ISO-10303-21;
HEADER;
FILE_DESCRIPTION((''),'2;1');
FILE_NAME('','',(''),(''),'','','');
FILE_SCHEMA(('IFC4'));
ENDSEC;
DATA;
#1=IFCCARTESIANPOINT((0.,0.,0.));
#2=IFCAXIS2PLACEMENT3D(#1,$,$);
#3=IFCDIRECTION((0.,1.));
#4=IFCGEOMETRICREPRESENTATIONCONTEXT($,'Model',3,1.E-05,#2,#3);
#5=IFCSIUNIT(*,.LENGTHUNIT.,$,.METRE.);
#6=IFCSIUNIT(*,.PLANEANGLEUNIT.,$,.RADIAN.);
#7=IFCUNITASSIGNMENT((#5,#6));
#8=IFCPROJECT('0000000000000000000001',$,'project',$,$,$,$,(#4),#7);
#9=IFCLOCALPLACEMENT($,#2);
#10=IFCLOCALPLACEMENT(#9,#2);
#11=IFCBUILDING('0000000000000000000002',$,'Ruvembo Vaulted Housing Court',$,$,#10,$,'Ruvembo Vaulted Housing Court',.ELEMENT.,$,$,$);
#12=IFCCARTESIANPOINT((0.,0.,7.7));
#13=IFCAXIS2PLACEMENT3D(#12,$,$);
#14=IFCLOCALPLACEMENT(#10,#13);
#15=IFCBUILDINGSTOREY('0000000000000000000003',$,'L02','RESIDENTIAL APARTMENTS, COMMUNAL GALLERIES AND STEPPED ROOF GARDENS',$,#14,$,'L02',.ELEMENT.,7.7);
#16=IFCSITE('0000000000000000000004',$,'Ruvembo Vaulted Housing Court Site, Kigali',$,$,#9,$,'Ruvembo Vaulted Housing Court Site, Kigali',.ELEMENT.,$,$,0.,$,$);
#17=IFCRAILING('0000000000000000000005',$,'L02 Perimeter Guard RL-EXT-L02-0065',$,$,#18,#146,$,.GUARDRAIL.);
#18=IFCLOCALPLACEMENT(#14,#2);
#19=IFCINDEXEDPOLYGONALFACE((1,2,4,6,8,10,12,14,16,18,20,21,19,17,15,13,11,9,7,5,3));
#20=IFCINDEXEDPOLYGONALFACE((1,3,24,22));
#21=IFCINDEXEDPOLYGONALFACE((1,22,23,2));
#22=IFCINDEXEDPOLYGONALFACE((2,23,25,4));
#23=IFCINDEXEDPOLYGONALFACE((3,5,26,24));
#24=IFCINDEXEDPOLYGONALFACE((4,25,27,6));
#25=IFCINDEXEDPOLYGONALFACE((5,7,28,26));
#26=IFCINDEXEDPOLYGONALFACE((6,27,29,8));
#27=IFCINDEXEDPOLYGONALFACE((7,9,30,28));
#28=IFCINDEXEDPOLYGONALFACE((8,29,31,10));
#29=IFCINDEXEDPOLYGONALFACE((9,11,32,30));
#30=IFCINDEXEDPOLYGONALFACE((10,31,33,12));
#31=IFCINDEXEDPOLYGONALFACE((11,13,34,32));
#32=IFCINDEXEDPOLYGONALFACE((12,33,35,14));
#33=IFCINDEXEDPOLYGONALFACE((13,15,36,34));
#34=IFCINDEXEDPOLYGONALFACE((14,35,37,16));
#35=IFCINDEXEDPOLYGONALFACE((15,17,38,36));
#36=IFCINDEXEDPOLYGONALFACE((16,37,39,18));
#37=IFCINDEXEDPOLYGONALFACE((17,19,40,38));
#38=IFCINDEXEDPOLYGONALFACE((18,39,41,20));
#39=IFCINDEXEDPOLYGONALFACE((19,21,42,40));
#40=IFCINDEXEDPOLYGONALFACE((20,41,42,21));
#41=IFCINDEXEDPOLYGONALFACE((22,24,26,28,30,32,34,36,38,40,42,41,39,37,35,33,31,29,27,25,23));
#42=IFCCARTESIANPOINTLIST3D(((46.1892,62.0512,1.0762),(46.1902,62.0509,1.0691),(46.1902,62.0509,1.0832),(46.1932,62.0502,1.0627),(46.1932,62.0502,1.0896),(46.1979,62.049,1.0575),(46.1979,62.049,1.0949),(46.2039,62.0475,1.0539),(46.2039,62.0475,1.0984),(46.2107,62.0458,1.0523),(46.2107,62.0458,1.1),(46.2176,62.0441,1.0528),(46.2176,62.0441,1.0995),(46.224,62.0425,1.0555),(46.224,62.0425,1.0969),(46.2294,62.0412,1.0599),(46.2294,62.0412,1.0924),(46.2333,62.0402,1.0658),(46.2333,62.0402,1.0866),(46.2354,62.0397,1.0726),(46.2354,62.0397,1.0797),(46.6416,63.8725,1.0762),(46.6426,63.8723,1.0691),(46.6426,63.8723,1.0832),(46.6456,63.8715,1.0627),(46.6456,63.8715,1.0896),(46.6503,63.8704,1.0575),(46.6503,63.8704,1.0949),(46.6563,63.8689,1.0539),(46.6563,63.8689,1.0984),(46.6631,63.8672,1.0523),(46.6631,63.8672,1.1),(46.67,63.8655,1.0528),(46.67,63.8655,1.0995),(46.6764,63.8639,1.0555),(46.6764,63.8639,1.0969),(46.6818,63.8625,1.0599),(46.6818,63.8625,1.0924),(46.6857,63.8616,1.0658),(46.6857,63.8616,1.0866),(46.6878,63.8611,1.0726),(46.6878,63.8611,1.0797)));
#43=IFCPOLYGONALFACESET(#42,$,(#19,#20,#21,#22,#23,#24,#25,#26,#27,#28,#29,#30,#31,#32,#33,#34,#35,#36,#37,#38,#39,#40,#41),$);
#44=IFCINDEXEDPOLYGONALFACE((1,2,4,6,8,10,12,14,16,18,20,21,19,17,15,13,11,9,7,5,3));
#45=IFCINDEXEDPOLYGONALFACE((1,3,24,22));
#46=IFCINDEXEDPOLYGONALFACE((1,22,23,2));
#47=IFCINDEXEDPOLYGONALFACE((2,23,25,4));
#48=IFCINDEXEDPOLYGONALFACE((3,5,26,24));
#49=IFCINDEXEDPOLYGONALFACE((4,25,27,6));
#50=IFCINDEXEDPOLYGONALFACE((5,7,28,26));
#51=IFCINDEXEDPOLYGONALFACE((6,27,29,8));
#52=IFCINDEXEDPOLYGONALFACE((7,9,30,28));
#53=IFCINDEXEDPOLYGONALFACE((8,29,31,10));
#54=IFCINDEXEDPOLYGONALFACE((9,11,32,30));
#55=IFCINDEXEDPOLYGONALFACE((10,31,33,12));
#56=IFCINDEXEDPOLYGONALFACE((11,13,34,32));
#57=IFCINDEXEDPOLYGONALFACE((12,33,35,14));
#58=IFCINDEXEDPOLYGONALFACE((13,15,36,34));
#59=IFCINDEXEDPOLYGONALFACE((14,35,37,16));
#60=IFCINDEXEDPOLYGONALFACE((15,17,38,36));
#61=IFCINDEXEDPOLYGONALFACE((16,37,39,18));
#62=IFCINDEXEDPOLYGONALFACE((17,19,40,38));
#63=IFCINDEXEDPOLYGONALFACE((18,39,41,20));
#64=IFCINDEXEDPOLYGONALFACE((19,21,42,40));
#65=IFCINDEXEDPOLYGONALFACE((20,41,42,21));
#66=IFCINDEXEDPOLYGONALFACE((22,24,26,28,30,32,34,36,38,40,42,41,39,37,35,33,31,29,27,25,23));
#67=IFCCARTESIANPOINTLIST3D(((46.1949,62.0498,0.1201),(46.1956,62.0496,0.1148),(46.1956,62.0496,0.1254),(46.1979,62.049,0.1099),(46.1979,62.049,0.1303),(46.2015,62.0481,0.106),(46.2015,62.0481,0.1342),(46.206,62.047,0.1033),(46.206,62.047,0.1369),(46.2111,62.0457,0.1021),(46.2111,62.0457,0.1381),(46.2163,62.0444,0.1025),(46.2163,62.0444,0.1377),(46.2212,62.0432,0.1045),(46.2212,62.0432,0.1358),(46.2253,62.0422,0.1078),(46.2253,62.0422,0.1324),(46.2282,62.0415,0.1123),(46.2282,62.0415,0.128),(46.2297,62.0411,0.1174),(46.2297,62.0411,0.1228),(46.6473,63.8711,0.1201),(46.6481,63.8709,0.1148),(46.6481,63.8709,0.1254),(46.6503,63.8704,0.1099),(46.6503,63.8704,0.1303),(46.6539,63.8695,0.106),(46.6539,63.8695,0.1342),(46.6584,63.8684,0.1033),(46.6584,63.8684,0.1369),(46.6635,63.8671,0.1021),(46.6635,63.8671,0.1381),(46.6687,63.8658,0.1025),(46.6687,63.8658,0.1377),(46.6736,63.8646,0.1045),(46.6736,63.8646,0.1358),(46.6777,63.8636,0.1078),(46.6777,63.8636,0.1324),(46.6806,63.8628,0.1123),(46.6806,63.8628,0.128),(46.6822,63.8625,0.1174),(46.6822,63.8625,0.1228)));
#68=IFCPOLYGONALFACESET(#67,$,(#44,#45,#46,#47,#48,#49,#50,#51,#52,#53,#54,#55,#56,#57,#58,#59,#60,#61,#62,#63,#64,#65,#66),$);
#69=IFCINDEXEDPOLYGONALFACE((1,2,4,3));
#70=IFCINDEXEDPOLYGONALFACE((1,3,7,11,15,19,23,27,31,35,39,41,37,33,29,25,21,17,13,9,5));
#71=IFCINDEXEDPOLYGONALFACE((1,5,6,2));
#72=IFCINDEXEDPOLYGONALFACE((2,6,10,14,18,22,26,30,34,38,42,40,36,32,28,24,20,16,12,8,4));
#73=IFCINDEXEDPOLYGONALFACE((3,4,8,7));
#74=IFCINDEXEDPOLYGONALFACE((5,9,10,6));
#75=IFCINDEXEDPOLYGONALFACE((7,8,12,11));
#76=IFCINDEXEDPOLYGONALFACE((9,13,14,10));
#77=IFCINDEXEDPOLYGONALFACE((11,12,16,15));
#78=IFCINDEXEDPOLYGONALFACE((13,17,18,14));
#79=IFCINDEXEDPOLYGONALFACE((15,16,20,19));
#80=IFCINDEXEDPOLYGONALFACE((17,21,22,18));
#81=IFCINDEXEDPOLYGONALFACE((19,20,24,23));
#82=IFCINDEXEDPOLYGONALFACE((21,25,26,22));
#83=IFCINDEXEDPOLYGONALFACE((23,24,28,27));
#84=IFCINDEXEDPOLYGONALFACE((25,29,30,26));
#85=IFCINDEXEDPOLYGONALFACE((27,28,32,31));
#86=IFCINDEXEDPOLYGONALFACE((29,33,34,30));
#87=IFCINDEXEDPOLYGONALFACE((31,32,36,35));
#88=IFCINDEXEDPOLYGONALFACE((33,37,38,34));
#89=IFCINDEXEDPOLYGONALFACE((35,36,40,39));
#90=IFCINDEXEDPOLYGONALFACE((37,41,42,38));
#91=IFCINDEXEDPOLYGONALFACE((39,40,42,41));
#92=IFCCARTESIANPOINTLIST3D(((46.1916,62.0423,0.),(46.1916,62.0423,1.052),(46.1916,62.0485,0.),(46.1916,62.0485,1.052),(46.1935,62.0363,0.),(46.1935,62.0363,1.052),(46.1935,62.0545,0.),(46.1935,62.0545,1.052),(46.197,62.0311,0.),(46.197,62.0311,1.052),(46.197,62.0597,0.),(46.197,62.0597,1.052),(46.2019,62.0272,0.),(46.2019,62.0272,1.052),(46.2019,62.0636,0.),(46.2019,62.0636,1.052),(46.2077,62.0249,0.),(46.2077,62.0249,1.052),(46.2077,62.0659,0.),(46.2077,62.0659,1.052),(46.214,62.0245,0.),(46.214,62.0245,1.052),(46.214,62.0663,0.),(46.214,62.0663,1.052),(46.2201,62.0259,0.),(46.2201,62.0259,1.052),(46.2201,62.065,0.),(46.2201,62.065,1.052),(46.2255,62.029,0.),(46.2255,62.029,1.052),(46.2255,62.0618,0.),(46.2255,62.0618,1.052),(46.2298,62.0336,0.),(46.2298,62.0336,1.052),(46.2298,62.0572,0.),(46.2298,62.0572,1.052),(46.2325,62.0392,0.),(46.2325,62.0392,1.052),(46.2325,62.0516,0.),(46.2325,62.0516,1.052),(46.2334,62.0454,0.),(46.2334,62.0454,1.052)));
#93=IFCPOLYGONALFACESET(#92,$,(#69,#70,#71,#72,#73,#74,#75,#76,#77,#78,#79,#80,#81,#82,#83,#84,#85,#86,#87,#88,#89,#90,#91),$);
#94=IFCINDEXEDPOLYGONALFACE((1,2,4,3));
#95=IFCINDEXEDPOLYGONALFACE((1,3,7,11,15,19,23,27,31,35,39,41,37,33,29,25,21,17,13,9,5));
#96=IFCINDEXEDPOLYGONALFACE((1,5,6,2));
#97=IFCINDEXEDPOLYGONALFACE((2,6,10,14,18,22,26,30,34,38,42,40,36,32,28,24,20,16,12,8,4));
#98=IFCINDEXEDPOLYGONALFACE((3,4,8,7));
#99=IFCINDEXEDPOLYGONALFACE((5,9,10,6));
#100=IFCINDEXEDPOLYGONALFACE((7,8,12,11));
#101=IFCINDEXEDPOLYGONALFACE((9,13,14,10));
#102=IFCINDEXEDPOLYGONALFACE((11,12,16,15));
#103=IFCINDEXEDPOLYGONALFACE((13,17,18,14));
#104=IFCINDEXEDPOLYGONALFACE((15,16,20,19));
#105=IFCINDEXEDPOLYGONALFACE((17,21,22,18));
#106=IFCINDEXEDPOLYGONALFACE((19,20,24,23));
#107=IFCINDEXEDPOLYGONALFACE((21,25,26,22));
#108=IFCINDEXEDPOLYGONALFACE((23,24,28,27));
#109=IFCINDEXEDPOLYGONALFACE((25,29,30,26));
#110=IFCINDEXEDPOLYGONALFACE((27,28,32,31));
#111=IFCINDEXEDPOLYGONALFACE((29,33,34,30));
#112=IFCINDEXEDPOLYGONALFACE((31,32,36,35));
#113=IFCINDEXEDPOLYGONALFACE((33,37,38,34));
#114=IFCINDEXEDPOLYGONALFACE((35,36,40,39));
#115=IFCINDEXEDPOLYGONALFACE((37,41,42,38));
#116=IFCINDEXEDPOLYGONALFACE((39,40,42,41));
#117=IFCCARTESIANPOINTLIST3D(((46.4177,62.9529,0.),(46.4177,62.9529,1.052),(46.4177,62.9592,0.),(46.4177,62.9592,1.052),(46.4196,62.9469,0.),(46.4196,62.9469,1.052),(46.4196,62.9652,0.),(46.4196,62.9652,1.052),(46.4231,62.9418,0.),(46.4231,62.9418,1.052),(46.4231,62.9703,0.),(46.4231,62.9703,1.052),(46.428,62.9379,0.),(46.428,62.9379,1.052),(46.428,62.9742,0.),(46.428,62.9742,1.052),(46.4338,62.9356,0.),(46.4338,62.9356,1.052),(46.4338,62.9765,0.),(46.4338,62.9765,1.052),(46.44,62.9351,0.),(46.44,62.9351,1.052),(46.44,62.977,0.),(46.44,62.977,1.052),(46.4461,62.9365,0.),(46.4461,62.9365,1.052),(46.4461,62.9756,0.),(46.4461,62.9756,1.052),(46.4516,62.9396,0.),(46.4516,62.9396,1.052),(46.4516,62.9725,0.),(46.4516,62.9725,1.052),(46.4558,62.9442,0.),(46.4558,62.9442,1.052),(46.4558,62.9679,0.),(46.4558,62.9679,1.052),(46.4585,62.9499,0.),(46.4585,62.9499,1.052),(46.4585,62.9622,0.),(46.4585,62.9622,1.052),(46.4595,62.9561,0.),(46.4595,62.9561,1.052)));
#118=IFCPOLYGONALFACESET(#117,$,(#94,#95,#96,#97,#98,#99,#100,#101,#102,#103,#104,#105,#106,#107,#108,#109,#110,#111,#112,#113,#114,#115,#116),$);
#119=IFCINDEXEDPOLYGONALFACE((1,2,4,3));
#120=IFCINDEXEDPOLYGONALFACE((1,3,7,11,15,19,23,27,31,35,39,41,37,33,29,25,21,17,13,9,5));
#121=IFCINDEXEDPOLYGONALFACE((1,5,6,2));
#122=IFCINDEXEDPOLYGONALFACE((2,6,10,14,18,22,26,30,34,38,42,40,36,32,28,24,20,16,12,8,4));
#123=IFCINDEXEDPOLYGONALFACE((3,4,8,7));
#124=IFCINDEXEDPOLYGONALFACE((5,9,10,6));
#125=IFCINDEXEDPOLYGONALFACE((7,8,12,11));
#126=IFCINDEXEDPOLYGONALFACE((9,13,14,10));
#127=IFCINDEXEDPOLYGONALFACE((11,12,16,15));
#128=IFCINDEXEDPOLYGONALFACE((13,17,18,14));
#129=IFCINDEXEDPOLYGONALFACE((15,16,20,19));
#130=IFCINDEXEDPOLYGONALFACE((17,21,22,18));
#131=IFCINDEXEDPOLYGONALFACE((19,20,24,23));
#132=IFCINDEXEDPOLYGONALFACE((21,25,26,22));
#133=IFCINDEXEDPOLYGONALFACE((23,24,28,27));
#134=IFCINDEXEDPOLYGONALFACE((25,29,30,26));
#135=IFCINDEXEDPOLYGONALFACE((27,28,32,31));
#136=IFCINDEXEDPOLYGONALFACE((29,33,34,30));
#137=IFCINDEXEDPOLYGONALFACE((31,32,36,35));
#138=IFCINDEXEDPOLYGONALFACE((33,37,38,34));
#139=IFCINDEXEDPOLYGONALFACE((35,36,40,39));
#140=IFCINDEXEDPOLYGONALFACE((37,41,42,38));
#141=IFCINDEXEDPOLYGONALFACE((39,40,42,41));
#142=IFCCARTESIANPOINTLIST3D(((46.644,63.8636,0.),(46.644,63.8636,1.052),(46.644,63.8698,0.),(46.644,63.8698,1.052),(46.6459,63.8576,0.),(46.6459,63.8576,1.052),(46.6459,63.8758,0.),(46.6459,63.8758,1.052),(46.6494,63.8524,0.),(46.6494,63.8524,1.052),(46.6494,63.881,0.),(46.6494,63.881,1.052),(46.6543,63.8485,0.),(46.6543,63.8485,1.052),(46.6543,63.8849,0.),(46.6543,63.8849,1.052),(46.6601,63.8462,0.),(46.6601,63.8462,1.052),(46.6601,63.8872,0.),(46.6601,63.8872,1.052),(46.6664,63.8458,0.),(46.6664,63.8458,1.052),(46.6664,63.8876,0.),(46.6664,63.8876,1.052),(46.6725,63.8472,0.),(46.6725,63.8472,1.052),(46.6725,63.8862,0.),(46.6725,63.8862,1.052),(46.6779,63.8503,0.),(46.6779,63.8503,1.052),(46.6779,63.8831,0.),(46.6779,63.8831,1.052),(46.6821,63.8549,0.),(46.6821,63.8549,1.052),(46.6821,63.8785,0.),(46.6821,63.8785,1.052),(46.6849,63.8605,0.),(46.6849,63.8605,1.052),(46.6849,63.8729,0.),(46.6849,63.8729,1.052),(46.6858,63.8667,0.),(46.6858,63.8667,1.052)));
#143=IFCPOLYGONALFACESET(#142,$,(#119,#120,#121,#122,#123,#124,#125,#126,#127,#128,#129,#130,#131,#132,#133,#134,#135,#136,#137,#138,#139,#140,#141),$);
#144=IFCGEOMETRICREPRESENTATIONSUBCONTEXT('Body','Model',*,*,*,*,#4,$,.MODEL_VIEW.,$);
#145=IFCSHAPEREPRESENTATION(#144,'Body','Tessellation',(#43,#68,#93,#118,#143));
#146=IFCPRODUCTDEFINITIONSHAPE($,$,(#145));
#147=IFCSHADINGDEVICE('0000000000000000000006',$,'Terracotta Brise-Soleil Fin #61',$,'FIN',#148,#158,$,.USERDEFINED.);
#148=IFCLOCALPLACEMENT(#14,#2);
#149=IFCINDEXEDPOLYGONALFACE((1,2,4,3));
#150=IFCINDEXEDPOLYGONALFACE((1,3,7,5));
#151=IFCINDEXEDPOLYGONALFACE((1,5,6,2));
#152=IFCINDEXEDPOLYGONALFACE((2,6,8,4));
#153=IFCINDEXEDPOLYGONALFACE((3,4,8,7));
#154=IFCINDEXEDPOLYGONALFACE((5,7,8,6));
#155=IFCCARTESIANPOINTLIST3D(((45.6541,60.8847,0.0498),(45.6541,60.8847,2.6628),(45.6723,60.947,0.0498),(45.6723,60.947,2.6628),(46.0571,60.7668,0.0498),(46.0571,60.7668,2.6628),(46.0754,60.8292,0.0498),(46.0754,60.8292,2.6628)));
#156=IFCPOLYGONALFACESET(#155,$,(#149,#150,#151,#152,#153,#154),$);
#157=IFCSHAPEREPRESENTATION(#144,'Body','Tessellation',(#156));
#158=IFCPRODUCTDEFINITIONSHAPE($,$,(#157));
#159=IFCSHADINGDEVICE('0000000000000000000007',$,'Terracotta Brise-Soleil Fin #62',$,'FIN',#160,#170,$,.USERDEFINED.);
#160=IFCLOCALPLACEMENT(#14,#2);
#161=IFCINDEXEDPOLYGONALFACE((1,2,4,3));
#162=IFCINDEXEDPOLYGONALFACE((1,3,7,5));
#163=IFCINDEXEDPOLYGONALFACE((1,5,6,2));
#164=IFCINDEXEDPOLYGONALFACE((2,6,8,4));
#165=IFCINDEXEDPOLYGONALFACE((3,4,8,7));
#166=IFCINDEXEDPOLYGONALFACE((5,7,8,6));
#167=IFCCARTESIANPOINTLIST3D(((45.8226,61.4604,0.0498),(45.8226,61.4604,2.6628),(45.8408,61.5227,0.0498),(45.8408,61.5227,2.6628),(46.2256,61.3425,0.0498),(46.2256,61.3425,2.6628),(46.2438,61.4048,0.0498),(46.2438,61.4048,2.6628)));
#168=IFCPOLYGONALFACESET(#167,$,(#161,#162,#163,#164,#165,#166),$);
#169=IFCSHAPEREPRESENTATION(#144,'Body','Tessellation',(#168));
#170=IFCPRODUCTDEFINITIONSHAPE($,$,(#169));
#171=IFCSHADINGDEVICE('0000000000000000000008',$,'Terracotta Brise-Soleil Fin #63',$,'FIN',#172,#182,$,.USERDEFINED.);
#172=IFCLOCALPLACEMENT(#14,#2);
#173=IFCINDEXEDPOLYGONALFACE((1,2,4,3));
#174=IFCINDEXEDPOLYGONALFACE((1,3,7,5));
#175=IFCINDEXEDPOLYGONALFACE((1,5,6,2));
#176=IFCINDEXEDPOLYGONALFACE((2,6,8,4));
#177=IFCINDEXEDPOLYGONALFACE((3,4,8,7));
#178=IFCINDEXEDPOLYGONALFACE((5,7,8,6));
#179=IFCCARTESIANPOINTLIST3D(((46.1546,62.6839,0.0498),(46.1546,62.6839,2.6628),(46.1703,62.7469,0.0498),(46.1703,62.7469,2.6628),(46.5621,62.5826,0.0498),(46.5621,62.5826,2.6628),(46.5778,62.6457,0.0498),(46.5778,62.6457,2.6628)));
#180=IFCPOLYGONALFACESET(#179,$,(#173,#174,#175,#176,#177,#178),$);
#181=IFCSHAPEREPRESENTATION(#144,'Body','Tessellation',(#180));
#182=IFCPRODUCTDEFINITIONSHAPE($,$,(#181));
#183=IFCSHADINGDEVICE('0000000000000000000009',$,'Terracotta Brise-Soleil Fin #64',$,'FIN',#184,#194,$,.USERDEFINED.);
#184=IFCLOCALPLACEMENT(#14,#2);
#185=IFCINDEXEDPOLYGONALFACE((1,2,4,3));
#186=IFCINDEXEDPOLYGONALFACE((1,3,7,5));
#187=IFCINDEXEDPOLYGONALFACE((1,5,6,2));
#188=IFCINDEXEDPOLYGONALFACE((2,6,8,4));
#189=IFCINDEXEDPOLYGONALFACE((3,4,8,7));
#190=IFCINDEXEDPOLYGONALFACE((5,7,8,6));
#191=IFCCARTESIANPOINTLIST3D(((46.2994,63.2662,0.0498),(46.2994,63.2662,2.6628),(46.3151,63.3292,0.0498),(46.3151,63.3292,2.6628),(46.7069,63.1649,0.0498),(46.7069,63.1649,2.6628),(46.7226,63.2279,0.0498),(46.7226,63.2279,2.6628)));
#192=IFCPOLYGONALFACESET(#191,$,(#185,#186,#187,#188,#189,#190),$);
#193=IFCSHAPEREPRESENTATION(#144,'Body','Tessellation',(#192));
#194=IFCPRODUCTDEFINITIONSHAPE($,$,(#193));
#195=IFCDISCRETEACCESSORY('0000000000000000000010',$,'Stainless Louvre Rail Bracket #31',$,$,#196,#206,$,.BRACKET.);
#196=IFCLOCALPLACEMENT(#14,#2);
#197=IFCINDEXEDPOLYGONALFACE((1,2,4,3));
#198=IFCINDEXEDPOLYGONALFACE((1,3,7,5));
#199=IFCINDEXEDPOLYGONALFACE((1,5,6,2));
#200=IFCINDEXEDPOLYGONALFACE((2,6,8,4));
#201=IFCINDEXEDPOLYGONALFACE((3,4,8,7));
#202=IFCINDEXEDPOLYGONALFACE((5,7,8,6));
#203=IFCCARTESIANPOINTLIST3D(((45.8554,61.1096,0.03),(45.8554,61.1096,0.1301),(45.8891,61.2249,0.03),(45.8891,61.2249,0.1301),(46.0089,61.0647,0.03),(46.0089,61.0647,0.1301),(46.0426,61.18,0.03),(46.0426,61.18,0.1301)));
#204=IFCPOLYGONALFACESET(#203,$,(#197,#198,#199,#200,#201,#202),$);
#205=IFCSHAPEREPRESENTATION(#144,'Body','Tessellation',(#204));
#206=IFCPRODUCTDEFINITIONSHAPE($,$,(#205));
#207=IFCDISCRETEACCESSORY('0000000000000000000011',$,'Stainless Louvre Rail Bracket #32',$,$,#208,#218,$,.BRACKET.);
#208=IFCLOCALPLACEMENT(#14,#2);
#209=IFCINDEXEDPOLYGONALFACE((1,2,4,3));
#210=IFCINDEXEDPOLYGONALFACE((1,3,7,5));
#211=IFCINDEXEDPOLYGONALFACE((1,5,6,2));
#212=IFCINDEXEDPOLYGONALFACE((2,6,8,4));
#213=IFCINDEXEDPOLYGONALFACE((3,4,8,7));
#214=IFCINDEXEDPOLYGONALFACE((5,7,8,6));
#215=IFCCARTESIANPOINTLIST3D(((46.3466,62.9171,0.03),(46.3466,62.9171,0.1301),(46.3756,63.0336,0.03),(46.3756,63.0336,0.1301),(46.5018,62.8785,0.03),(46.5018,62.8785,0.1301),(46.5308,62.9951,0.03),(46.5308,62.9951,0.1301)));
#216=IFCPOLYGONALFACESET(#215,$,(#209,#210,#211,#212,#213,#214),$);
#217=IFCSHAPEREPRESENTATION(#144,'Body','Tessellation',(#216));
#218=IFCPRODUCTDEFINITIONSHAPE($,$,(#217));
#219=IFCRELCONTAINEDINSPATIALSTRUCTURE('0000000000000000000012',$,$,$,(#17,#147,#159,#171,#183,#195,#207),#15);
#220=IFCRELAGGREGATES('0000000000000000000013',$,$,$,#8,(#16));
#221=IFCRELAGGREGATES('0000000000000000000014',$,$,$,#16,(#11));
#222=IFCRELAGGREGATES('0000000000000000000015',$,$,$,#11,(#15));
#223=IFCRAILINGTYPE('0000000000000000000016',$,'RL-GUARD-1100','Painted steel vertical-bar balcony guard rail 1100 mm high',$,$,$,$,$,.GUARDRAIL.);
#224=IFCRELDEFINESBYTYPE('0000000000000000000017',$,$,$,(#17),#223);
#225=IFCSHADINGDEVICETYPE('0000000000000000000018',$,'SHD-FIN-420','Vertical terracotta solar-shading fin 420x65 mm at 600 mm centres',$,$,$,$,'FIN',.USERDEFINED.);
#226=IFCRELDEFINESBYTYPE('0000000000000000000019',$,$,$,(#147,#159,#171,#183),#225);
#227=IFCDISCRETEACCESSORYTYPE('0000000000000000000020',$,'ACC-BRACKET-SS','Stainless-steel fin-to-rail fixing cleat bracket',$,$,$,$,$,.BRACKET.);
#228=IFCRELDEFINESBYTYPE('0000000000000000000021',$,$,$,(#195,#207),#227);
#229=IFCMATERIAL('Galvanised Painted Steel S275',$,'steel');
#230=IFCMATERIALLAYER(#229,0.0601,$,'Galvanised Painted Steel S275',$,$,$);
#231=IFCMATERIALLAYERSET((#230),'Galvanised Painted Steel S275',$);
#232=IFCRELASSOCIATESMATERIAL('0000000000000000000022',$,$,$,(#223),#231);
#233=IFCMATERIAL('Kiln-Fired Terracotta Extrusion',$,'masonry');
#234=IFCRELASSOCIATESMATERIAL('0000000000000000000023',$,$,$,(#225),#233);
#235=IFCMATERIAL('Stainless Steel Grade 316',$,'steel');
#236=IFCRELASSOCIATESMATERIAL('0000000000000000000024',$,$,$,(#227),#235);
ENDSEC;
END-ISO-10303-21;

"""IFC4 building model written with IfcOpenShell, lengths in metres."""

from ifc_helpers import new_model, si_unit, direction, frame, origin, origin_2d, place, context, subcontext, project, spatial, rectangle, circle, extrude, material, layer, layer_set, type_object, element, save


model = new_model("IFC4")

# Units and contexts
model_context = context("Model", 3, precision=1e-05, world=origin(), true_north=direction((0.0, 1.0)))
body_context = subcontext(model_context, "Body", "Model", "MODEL_VIEW")
ifc_project = project(units=[si_unit("LENGTHUNIT", "METRE"), si_unit("PLANEANGLEUNIT", "RADIAN")], contexts=[model_context])

# Site, building, storey
site_placement = place(None, origin())
site = spatial("IfcSite", under=ifc_project, at=site_placement, Name="Ruvembo Vaulted Housing Court Site, Kigali", LongName="Ruvembo Vaulted Housing Court Site, Kigali", CompositionType="ELEMENT", RefElevation=0.0)
building_placement = place(site_placement, origin())
building = spatial("IfcBuilding", under=site, at=building_placement, Name="Ruvembo Vaulted Housing Court", LongName="Ruvembo Vaulted Housing Court", CompositionType="ELEMENT")
storey_placement = place(building_placement, frame((0.0, 0.0, 7.7)))
storey = spatial("IfcBuildingStorey", under=building, at=storey_placement, Name="L02", Description="RESIDENTIAL APARTMENTS, COMMUNAL GALLERIES AND STEPPED ROOF GARDENS", LongName="L02", CompositionType="ELEMENT", Elevation=7.7)

# Railing
ifc_material_1 = material(Name="Galvanised Painted Steel S275", Category="steel")
ifc_layer_1 = layer(ifc_material_1, 0.0601, Name="Galvanised Painted Steel S275")
ifc_layer_set_1 = layer_set([ifc_layer_1], Name="Galvanised Painted Steel S275")
railing_type = type_object("IfcRailingType", Name="RL-GUARD-1100", Description="Painted steel vertical-bar balcony guard rail 1100 mm high", PredefinedType="GUARDRAIL", material=ifc_layer_set_1)
railing_1_placement = place(storey_placement, frame((46.2124, 62.0454, 0.0)))
element("IfcRailing", 1, at=railing_1_placement, inside=storey, type_object=railing_type, Name="L02 Perimeter Guard RL-EXT-L02-0065", PredefinedType="GUARDRAIL", context=body_context, shape_type="SweptSolid", body=[
    extrude(circle(Radius=0.0239, at=origin_2d()), frame((0.0, 0.0, 1.0762), z_axis=(0.241066, 0.970509, 0.0), x_axis=(-0.970509, 0.241066, 0.0)), (0.0, 0.0, 1.0), 1.8767),
    extrude(circle(Radius=0.0181, at=origin_2d()), frame((0.0, 0.0, 0.1201), z_axis=(0.241066, 0.970509, 0.0), x_axis=(-0.970509, 0.241066, 0.0)), (0.0, 0.0, 1.0), 1.8767),
    extrude(circle(Radius=0.021, at=origin_2d()), origin(), (0.0, 0.0, 1.0), 1.052),
    extrude(circle(Radius=0.021, at=origin_2d()), frame((0.2261, 0.9106, 0.0)), (0.0, 0.0, 1.0), 1.052),
    extrude(circle(Radius=0.021, at=origin_2d()), frame((0.4524, 1.8213, 0.0)), (0.0, 0.0, 1.0), 1.052),
])

# Shading devices
ifc_material_2 = material(Name="Kiln-Fired Terracotta Extrusion", Category="masonry")
shading_device_type = type_object("IfcShadingDeviceType", Name="SHD-FIN-420", Description="Vertical terracotta solar-shading fin 420x65 mm at 600 mm centres", ElementType="FIN", PredefinedType="USERDEFINED", material=ifc_material_2)
for number, where, z_axis, x_axis, name in (
    (2, (45.8647, 60.8569, 0.0498), (0.0, 0.0, 1.0), (0.959791, -0.280717, 0.0), "Terracotta Brise-Soleil Fin #61"),
    (3, (46.0332, 61.4326, 0.0498), (0.0, 0.0, 1.0), (0.959791, -0.280717, 0.0), "Terracotta Brise-Soleil Fin #62"),
    (4, (46.3662, 62.6648, 0.0498), (0.0, 0.0, 1.0), (0.970481, -0.241177, 0.0), "Terracotta Brise-Soleil Fin #63"),
    (5, (46.511, 63.2471, 0.0498), (0.0, 0.0, 1.0), (0.970481, -0.241177, 0.0), "Terracotta Brise-Soleil Fin #64"),
):
    element("IfcShadingDevice", number, at=place(storey_placement, frame(where, z_axis=z_axis, x_axis=x_axis)), inside=storey, type_object=shading_device_type, Name=name, ObjectType="FIN", PredefinedType="USERDEFINED", context=body_context, shape_type="SweptSolid", body=[
        extrude(rectangle(XDim=0.4199, YDim=0.0649, at=origin_2d()), origin(), (0.0, 0.0, 1.0), 2.613),
    ])

# Discrete accessories
ifc_material_3 = material(Name="Stainless Steel Grade 316", Category="steel")
discrete_accessory_type = type_object("IfcDiscreteAccessoryType", Name="ACC-BRACKET-SS", Description="Stainless-steel fin-to-rail fixing cleat bracket", PredefinedType="BRACKET", material=ifc_material_3)
for number, where, z_axis, x_axis, name in (
    (6, (45.949, 61.1448, 0.03), (0.0, 0.0, 1.0), (0.959791, -0.280717, 0.0), "Stainless Louvre Rail Bracket #31"),
    (7, (46.4387, 62.9561, 0.03), (0.0, 0.0, 1.0), (0.970481, -0.241177, 0.0), "Stainless Louvre Rail Bracket #32"),
):
    element("IfcDiscreteAccessory", number, at=place(storey_placement, frame(where, z_axis=z_axis, x_axis=x_axis)), inside=storey, type_object=discrete_accessory_type, Name=name, PredefinedType="BRACKET", context=body_context, shape_type="SweptSolid", body=[
        extrude(rectangle(XDim=0.1599, YDim=0.1201, at=origin_2d()), origin(), (0.0, 0.0, 1.0), 0.1001),
    ])

save(model, "model.ifc")
